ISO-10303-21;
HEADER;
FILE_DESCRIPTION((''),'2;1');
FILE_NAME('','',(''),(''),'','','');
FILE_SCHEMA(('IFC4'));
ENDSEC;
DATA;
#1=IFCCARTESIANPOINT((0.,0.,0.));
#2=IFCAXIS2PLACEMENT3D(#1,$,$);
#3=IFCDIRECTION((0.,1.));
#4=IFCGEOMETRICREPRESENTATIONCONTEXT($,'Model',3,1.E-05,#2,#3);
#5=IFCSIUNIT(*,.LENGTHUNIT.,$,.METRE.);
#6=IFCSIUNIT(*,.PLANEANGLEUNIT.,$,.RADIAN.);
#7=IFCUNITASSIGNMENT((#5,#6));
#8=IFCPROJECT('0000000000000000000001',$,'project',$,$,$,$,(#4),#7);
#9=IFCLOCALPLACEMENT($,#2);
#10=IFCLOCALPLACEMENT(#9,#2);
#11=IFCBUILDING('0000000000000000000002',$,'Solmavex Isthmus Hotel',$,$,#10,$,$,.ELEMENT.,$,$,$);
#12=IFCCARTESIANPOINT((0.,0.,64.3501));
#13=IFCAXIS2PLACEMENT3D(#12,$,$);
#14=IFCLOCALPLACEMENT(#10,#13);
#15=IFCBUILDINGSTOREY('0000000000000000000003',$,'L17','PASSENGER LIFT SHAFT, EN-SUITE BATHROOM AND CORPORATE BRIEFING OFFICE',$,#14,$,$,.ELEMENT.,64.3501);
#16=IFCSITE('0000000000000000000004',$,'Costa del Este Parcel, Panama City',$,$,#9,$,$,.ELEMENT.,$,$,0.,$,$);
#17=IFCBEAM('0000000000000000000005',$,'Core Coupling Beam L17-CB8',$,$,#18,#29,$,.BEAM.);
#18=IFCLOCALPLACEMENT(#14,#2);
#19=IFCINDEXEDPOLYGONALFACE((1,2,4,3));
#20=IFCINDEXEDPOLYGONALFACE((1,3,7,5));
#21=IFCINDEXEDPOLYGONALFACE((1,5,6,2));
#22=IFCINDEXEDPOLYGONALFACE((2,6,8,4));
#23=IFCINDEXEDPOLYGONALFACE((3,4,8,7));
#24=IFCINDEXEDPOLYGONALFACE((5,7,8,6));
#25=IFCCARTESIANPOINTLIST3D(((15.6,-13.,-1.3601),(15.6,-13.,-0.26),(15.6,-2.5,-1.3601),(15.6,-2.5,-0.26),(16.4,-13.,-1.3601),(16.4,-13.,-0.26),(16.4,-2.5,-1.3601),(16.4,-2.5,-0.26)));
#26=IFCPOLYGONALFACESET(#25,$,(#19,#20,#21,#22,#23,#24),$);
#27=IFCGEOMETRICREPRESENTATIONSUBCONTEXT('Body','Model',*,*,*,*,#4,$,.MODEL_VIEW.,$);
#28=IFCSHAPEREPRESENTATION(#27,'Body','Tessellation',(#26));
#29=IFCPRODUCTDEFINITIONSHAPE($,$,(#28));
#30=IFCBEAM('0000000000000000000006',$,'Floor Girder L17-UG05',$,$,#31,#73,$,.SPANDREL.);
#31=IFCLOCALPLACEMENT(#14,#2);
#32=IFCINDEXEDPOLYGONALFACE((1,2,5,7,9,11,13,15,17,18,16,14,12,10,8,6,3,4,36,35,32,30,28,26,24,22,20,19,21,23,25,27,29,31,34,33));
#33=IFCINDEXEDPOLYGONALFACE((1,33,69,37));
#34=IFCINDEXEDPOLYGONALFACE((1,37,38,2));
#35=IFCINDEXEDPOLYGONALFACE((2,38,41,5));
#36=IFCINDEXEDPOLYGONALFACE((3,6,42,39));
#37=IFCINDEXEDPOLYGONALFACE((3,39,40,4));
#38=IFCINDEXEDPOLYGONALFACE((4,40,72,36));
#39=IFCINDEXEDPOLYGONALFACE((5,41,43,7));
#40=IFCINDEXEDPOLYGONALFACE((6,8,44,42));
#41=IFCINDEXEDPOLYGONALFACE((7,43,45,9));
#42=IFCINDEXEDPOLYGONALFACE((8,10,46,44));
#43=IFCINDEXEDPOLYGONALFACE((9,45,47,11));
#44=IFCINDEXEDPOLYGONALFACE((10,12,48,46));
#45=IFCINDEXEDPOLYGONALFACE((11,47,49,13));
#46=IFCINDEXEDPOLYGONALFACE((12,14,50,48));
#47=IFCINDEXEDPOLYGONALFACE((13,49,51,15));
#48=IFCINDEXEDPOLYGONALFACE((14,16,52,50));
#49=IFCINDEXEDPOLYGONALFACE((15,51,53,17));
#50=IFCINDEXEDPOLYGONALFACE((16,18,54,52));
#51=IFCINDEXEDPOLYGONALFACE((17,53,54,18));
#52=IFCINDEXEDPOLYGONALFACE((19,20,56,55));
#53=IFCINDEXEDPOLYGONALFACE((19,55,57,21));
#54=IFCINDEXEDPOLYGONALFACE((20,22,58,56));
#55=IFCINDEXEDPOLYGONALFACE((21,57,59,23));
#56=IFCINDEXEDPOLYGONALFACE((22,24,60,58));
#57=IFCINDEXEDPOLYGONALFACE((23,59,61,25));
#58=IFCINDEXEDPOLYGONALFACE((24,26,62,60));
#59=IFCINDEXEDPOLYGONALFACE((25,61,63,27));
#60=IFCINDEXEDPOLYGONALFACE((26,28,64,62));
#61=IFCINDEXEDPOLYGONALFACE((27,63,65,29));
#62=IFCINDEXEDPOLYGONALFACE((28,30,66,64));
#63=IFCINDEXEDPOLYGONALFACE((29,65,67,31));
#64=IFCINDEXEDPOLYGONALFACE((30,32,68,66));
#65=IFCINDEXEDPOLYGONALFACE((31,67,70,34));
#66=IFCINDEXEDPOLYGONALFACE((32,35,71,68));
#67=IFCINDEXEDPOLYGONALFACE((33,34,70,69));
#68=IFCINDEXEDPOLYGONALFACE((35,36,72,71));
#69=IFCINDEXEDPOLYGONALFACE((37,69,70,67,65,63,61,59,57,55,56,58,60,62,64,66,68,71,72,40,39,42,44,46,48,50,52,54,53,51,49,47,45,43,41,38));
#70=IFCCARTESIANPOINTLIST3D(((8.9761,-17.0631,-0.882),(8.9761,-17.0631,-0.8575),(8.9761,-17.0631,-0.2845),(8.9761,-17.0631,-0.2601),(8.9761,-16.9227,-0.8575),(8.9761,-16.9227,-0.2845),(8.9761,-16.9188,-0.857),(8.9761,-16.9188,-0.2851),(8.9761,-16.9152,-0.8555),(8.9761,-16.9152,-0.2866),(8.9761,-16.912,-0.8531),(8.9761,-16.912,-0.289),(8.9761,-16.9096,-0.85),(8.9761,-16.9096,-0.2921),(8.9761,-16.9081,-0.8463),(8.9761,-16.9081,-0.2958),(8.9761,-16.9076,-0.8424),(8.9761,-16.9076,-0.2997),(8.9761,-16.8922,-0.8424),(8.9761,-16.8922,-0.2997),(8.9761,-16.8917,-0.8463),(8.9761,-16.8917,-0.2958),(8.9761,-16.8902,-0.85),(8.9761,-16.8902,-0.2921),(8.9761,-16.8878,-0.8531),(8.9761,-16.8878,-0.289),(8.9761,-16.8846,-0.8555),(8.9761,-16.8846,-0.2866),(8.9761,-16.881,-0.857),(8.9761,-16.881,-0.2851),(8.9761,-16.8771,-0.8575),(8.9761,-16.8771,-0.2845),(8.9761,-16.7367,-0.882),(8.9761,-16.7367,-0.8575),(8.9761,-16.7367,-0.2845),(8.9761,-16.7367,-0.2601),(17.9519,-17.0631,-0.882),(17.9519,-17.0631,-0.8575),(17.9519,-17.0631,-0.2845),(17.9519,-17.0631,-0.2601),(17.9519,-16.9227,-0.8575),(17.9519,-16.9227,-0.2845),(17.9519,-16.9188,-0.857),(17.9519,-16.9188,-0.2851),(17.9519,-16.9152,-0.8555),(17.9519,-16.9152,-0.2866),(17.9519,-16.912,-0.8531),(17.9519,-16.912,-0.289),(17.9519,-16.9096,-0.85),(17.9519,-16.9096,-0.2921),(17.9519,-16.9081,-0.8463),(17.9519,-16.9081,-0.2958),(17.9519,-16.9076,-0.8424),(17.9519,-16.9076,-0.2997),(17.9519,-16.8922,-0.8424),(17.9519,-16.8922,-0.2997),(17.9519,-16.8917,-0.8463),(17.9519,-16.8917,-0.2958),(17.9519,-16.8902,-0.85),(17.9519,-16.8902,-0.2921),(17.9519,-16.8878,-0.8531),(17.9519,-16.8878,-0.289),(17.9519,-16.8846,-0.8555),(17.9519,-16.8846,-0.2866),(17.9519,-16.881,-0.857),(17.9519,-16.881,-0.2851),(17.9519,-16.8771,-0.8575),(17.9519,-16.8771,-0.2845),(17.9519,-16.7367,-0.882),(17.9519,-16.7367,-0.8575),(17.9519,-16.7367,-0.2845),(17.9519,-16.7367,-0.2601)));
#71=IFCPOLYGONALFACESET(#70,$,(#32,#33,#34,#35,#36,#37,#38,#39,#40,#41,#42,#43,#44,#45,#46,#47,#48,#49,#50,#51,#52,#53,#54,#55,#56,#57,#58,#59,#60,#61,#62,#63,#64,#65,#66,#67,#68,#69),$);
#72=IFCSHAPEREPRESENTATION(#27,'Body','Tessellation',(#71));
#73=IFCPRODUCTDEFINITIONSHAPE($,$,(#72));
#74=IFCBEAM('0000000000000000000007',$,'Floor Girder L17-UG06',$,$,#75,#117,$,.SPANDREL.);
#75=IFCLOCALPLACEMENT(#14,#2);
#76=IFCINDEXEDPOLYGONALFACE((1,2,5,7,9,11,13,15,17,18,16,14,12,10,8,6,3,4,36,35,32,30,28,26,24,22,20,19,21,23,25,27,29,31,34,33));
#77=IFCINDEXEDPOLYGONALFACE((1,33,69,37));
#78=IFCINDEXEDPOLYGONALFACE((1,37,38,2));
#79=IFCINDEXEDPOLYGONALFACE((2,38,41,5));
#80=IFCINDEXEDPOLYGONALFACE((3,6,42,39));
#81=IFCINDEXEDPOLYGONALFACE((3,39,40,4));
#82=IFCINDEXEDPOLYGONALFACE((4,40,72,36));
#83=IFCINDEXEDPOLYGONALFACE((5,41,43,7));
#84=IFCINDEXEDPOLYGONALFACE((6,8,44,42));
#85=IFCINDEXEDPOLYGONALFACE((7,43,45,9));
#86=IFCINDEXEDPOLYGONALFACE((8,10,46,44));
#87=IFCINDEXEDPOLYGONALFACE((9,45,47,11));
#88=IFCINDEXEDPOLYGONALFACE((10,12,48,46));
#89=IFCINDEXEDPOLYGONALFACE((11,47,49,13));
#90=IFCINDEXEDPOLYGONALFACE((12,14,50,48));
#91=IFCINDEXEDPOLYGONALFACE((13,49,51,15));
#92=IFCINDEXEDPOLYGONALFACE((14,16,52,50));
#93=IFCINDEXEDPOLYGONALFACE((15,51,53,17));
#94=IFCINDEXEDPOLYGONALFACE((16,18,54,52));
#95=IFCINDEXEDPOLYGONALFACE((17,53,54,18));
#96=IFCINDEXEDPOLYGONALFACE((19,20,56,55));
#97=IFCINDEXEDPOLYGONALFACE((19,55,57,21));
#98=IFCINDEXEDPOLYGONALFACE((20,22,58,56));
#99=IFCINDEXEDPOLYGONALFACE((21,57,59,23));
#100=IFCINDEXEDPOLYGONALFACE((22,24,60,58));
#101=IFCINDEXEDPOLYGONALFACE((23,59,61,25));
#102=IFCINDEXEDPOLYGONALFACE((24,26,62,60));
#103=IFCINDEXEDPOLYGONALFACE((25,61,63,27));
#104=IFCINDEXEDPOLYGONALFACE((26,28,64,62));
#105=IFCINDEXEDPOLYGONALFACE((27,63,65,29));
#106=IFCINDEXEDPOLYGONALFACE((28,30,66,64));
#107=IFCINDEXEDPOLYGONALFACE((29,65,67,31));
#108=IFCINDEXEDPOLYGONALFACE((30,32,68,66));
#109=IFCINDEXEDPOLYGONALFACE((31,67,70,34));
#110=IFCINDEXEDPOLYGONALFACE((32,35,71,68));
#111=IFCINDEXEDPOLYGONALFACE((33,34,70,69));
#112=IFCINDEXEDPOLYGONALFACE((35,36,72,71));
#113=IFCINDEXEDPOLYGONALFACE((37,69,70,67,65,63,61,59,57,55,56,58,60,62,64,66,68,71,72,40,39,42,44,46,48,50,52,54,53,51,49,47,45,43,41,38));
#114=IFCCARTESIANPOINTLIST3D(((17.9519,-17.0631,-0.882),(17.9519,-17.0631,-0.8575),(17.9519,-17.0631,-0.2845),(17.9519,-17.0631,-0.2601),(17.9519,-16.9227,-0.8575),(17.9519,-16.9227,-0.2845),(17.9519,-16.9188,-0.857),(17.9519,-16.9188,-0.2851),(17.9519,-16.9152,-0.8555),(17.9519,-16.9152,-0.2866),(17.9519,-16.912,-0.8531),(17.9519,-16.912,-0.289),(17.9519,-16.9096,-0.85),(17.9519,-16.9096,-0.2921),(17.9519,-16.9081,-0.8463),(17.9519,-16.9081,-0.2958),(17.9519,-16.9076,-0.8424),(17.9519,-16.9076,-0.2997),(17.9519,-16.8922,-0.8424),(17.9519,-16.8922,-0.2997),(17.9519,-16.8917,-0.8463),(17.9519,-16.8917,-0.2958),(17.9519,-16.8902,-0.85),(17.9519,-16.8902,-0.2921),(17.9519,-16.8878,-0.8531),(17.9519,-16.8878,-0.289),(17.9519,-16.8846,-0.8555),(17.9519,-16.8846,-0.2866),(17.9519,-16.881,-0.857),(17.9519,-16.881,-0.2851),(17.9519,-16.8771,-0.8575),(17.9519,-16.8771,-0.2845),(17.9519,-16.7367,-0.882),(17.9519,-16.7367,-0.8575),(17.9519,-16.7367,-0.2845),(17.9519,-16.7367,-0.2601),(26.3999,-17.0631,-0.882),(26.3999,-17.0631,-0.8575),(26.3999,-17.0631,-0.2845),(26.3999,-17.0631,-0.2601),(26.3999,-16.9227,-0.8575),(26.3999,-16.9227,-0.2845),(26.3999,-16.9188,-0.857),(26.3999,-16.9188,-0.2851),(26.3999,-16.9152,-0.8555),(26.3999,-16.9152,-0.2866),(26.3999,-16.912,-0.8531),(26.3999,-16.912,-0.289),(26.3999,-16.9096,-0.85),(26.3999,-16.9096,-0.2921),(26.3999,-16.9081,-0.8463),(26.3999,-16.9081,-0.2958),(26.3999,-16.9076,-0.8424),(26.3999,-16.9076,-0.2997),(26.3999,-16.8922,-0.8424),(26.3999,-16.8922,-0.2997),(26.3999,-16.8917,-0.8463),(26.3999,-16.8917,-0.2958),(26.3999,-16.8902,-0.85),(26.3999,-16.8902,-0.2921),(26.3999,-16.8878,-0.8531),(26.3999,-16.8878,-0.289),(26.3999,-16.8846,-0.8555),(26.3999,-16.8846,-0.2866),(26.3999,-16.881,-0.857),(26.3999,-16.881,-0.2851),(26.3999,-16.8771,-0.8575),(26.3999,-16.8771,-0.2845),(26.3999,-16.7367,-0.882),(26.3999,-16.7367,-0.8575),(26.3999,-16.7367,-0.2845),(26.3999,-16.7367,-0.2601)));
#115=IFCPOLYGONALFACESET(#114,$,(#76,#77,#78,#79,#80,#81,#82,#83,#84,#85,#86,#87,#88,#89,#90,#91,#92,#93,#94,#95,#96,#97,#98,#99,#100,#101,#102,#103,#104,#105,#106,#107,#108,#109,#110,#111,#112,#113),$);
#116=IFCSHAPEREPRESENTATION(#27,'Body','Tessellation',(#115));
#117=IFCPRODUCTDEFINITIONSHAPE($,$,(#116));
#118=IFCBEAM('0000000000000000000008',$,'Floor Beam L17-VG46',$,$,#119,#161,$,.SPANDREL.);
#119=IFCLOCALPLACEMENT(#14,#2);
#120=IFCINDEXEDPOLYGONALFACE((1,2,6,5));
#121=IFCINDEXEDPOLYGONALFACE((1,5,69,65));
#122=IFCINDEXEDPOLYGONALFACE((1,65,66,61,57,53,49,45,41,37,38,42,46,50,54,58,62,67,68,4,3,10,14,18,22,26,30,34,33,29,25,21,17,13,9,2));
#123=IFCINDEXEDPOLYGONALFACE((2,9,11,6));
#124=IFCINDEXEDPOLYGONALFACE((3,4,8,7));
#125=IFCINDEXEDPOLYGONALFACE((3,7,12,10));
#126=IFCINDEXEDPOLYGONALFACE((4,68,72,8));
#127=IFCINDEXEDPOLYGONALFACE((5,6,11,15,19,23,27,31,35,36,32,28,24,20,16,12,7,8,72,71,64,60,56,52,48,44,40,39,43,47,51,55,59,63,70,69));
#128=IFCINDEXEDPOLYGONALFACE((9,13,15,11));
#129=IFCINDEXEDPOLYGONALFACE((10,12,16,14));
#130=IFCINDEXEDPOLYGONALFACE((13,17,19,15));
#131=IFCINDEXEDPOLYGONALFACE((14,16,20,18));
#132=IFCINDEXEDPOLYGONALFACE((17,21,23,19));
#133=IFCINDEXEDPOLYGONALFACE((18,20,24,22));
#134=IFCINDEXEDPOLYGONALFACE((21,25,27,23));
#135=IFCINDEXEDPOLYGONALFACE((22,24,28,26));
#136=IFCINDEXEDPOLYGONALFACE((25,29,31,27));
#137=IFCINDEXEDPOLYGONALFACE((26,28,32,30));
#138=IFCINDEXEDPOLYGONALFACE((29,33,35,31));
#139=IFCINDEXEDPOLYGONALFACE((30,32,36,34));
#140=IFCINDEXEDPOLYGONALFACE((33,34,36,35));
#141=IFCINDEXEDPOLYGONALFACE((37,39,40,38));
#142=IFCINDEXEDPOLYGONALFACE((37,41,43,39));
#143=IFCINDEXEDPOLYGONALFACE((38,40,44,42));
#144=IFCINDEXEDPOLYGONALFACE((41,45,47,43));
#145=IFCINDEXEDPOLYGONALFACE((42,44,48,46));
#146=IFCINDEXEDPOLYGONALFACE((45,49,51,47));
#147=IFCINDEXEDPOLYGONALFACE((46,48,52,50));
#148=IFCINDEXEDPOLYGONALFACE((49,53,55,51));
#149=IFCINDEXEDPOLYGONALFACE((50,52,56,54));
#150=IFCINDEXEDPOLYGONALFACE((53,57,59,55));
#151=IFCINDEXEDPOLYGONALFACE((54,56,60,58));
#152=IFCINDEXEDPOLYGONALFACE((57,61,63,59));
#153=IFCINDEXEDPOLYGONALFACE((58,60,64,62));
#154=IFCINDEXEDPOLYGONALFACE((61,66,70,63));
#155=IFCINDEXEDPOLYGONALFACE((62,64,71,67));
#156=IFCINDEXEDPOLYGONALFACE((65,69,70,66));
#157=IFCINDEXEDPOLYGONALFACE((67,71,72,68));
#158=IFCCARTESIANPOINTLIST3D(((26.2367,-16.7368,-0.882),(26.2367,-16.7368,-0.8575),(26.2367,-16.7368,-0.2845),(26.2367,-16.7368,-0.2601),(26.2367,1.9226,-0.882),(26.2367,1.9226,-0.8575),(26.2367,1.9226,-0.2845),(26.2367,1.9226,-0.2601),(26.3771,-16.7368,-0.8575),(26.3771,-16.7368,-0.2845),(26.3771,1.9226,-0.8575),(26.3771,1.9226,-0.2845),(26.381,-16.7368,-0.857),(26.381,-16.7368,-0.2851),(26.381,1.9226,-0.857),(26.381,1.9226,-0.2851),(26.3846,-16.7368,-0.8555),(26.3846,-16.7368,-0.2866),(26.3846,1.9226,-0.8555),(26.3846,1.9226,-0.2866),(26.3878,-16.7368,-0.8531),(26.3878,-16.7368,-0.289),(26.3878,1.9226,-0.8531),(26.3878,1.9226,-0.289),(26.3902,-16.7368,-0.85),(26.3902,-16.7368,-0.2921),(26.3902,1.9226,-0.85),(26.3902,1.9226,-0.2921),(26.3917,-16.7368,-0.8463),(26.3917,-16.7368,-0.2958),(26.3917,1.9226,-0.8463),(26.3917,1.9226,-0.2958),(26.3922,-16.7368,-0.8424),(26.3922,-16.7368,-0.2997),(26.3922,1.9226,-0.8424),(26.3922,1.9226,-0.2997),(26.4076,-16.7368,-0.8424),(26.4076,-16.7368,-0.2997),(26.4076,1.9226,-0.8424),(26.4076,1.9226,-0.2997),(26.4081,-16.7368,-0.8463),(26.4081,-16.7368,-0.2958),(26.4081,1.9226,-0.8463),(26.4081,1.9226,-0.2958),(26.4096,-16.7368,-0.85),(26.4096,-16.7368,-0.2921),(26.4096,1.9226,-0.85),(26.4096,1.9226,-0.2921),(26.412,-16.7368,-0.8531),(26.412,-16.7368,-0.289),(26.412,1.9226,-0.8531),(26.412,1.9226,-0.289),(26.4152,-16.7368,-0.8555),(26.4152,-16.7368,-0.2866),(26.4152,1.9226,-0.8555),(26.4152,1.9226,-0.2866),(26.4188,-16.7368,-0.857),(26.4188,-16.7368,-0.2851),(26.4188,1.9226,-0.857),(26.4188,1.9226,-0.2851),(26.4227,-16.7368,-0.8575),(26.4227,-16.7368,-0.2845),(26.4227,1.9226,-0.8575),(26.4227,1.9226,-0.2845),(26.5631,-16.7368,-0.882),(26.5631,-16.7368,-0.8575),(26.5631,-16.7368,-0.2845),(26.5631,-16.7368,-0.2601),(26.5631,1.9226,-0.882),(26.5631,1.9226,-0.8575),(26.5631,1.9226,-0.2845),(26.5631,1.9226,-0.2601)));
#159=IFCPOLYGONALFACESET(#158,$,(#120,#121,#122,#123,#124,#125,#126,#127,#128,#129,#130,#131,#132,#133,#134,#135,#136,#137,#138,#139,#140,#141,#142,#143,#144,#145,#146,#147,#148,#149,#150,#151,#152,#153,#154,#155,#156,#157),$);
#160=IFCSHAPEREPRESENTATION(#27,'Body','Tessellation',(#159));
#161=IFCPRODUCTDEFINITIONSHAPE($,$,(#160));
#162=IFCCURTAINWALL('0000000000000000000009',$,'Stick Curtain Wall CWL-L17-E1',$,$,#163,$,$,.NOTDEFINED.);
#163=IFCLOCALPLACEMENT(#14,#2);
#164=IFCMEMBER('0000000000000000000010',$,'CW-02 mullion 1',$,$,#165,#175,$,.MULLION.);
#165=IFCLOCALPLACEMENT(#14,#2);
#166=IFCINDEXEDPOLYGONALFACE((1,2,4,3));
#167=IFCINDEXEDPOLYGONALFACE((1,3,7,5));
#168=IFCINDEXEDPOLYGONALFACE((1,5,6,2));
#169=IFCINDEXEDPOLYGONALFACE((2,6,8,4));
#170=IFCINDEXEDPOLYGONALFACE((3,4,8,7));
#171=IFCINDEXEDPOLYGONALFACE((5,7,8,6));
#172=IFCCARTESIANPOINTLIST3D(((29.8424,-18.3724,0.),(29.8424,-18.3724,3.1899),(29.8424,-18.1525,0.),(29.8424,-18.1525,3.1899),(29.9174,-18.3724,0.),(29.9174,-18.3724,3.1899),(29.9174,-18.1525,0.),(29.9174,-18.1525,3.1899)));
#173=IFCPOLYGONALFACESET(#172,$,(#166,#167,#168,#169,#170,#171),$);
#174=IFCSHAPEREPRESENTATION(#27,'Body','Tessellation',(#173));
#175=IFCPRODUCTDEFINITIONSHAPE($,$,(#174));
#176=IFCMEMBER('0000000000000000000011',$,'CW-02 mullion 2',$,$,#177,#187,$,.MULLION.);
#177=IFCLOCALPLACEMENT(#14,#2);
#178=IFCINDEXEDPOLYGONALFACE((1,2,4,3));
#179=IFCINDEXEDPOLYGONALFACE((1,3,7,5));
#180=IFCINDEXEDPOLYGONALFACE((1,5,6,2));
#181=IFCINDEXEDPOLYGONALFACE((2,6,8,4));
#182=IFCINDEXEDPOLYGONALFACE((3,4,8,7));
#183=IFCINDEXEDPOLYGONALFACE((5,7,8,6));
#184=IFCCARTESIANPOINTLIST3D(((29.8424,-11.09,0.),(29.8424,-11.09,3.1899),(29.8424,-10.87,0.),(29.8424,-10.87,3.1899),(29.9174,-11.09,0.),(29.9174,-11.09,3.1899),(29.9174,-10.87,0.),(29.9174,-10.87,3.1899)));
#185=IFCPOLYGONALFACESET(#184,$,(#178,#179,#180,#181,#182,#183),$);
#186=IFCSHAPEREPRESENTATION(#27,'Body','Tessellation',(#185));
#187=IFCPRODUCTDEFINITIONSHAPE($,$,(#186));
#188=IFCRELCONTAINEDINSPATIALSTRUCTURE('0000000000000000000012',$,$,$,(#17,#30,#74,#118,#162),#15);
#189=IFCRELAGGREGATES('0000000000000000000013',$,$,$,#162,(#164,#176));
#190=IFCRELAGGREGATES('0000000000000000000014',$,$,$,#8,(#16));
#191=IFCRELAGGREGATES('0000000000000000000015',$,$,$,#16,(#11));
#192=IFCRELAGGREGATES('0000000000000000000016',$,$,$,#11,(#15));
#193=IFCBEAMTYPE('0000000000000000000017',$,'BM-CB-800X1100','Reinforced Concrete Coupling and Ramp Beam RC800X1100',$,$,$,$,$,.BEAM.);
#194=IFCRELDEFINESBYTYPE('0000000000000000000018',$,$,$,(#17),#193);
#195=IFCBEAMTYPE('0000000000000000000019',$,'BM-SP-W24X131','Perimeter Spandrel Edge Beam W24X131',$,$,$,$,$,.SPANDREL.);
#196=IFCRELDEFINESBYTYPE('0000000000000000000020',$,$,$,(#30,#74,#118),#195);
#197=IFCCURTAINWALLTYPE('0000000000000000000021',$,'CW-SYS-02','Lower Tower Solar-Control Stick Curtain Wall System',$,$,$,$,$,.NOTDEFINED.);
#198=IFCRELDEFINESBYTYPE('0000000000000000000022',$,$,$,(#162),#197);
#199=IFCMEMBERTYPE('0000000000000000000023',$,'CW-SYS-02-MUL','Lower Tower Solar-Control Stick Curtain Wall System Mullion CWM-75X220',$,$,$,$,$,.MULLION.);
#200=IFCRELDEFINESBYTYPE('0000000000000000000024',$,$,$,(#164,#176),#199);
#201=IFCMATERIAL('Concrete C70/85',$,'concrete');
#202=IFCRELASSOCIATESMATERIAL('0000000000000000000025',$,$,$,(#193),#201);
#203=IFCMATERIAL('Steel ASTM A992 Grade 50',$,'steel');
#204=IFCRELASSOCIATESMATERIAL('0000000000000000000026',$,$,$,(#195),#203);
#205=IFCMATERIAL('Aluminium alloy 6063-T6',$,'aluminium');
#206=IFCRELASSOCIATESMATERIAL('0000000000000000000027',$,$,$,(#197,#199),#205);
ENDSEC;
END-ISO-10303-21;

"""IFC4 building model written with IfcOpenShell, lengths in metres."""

from ifc_helpers import new_model, si_unit, direction, frame, origin, origin_2d, place, context, subcontext, project, spatial, rectangle, i_section, extrude, material, material_profile, profile_set, type_object, element, aggregate, save


model = new_model("IFC4")

# Units and contexts
model_context = context("Model", 3, precision=1e-05, world=origin(), true_north=direction((0.0, 1.0)))
body_context = subcontext(model_context, "Body", "Model", "MODEL_VIEW")
ifc_project = project(units=[si_unit("LENGTHUNIT", "METRE"), si_unit("PLANEANGLEUNIT", "RADIAN")], contexts=[model_context])

# Site, building, storey
site_placement = place(None, origin())
site = spatial("IfcSite", under=ifc_project, at=site_placement, Name="Costa del Este Parcel, Panama City", CompositionType="ELEMENT", RefElevation=0.0)
building_placement = place(site_placement, origin())
building = spatial("IfcBuilding", under=site, at=building_placement, Name="Solmavex Isthmus Hotel", CompositionType="ELEMENT")
storey_placement = place(building_placement, frame((0.0, 0.0, 64.3501)))
storey = spatial("IfcBuildingStorey", under=building, at=storey_placement, Name="L17", Description="PASSENGER LIFT SHAFT, EN-SUITE BATHROOM AND CORPORATE BRIEFING OFFICE", CompositionType="ELEMENT", Elevation=64.3501)

# Shared definitions
ifc_material_1 = material(Name="Concrete C70/85", Category="concrete")

# Beams
ifc_material_2 = material(Name="Steel ASTM A992 Grade 50", Category="steel")
ifc_material_profile_1 = material_profile(ifc_material_1, rectangle(XDim=0.8, YDim=1.1001, at=origin_2d()), Name="RC800X1100")
ifc_profile_set_1 = profile_set([ifc_material_profile_1], Name="Concrete C70/85")
beam_type_1 = type_object("IfcBeamType", Name="BM-CB-800X1100", Description="Reinforced Concrete Coupling and Ramp Beam RC800X1100", PredefinedType="BEAM", material=ifc_profile_set_1)
beam_1_placement = place(storey_placement, frame((16.0, -13.0, -0.8101), z_axis=(0.0, 1.0, 0.0), x_axis=(-1.0, 0.0, 0.0)))
element("IfcBeam", 1, at=beam_1_placement, inside=storey, type_object=beam_type_1, Name="Core Coupling Beam L17-CB8", PredefinedType="BEAM", context=body_context, shape_type="SweptSolid", body=[
    extrude(rectangle(XDim=0.8, YDim=1.1001, at=origin_2d()), origin(), (0.0, 0.0, 1.0), 10.5),
])
ifc_material_profile_2 = material_profile(ifc_material_2, i_section(OverallWidth=0.3264, OverallDepth=0.6218, WebThickness=0.0154, FlangeThickness=0.0244, FilletRadius=0.0151, at=origin_2d()), Name="W24X131")
ifc_profile_set_2 = profile_set([ifc_material_profile_2], Name="Steel ASTM A992 Grade 50")
beam_type_2 = type_object("IfcBeamType", Name="BM-SP-W24X131", Description="Perimeter Spandrel Edge Beam W24X131", PredefinedType="SPANDREL", material=ifc_profile_set_2)
beam_2_placement = place(storey_placement, frame((8.9761, -16.8999, -0.571), z_axis=(1.0, 0.0, 0.0), x_axis=(0.0, 1.0, 0.0)))
element("IfcBeam", 2, at=beam_2_placement, inside=storey, type_object=beam_type_2, Name="Floor Girder L17-UG05", PredefinedType="SPANDREL", context=body_context, shape_type="SweptSolid", body=[
    extrude(i_section(OverallWidth=0.3264, OverallDepth=0.6218, WebThickness=0.0154, FlangeThickness=0.0244, FilletRadius=0.0151, at=origin_2d()), origin(), (0.0, 0.0, 1.0), 8.9758),
])
beam_3_placement = place(storey_placement, frame((17.9519, -16.8999, -0.571), z_axis=(1.0, 0.0, 0.0), x_axis=(0.0, 1.0, 0.0)))
element("IfcBeam", 3, at=beam_3_placement, inside=storey, type_object=beam_type_2, Name="Floor Girder L17-UG06", PredefinedType="SPANDREL", context=body_context, shape_type="SweptSolid", body=[
    extrude(i_section(OverallWidth=0.3264, OverallDepth=0.6218, WebThickness=0.0154, FlangeThickness=0.0244, FilletRadius=0.0151, at=origin_2d()), origin(), (0.0, 0.0, 1.0), 8.448),
])
beam_4_placement = place(storey_placement, frame((26.3999, -16.7368, -0.571), z_axis=(0.0, 1.0, 0.0), x_axis=(-1.0, 0.0, 0.0)))
element("IfcBeam", 4, at=beam_4_placement, inside=storey, type_object=beam_type_2, Name="Floor Beam L17-VG46", PredefinedType="SPANDREL", context=body_context, shape_type="SweptSolid", body=[
    extrude(i_section(OverallWidth=0.3264, OverallDepth=0.6218, WebThickness=0.0154, FlangeThickness=0.0244, FilletRadius=0.0151, at=origin_2d()), origin(), (0.0, 0.0, 1.0), 18.6594),
])

# Curtain wall, members
ifc_material_3 = material(Name="Aluminium alloy 6063-T6", Category="aluminium")
curtain_wall_type = type_object("IfcCurtainWallType", Name="CW-SYS-02", Description="Lower Tower Solar-Control Stick Curtain Wall System", PredefinedType="NOTDEFINED", material=ifc_material_3)
curtain_wall_placement = place(storey_placement, origin())
curtain_wall = element("IfcCurtainWall", 5, at=curtain_wall_placement, inside=storey, type_object=curtain_wall_type, Name="Stick Curtain Wall CWL-L17-E1", PredefinedType="NOTDEFINED")
ifc_material_profile_3 = material_profile(ifc_material_3, rectangle(XDim=0.075, YDim=0.22, at=origin_2d()), Name="CWM-75X220")
ifc_profile_set_3 = profile_set([ifc_material_profile_3], Name="Aluminium alloy 6063-T6")
member_type_1 = type_object("IfcMemberType", Name="CW-SYS-02-MUL", Description="Lower Tower Solar-Control Stick Curtain Wall System Mullion CWM-75X220", PredefinedType="MULLION", material=ifc_profile_set_3)
member_1_placement = place(storey_placement, frame((29.8799, -18.2625, 0.0), z_axis=(0.0, 0.0, 1.0), x_axis=(-1.0, 0.0, 0.0)))
member_1 = element("IfcMember", 6, at=member_1_placement, type_object=member_type_1, Name="CW-02 mullion 1", PredefinedType="MULLION", context=body_context, shape_type="SweptSolid", body=[
    extrude(rectangle(XDim=0.075, YDim=0.22, at=origin_2d()), origin(), (0.0, 0.0, 1.0), 3.1899),
])
member_2_placement = place(storey_placement, frame((29.8799, -10.98, 0.0), z_axis=(0.0, 0.0, 1.0), x_axis=(-1.0, 0.0, 0.0)))
member_2 = element("IfcMember", 7, at=member_2_placement, type_object=member_type_1, Name="CW-02 mullion 2", PredefinedType="MULLION", context=body_context, shape_type="SweptSolid", body=[
    extrude(rectangle(XDim=0.075, YDim=0.22, at=origin_2d()), origin(), (0.0, 0.0, 1.0), 3.1899),
])
aggregate(curtain_wall, [member_1, member_2])

save(model, "model.ifc")
